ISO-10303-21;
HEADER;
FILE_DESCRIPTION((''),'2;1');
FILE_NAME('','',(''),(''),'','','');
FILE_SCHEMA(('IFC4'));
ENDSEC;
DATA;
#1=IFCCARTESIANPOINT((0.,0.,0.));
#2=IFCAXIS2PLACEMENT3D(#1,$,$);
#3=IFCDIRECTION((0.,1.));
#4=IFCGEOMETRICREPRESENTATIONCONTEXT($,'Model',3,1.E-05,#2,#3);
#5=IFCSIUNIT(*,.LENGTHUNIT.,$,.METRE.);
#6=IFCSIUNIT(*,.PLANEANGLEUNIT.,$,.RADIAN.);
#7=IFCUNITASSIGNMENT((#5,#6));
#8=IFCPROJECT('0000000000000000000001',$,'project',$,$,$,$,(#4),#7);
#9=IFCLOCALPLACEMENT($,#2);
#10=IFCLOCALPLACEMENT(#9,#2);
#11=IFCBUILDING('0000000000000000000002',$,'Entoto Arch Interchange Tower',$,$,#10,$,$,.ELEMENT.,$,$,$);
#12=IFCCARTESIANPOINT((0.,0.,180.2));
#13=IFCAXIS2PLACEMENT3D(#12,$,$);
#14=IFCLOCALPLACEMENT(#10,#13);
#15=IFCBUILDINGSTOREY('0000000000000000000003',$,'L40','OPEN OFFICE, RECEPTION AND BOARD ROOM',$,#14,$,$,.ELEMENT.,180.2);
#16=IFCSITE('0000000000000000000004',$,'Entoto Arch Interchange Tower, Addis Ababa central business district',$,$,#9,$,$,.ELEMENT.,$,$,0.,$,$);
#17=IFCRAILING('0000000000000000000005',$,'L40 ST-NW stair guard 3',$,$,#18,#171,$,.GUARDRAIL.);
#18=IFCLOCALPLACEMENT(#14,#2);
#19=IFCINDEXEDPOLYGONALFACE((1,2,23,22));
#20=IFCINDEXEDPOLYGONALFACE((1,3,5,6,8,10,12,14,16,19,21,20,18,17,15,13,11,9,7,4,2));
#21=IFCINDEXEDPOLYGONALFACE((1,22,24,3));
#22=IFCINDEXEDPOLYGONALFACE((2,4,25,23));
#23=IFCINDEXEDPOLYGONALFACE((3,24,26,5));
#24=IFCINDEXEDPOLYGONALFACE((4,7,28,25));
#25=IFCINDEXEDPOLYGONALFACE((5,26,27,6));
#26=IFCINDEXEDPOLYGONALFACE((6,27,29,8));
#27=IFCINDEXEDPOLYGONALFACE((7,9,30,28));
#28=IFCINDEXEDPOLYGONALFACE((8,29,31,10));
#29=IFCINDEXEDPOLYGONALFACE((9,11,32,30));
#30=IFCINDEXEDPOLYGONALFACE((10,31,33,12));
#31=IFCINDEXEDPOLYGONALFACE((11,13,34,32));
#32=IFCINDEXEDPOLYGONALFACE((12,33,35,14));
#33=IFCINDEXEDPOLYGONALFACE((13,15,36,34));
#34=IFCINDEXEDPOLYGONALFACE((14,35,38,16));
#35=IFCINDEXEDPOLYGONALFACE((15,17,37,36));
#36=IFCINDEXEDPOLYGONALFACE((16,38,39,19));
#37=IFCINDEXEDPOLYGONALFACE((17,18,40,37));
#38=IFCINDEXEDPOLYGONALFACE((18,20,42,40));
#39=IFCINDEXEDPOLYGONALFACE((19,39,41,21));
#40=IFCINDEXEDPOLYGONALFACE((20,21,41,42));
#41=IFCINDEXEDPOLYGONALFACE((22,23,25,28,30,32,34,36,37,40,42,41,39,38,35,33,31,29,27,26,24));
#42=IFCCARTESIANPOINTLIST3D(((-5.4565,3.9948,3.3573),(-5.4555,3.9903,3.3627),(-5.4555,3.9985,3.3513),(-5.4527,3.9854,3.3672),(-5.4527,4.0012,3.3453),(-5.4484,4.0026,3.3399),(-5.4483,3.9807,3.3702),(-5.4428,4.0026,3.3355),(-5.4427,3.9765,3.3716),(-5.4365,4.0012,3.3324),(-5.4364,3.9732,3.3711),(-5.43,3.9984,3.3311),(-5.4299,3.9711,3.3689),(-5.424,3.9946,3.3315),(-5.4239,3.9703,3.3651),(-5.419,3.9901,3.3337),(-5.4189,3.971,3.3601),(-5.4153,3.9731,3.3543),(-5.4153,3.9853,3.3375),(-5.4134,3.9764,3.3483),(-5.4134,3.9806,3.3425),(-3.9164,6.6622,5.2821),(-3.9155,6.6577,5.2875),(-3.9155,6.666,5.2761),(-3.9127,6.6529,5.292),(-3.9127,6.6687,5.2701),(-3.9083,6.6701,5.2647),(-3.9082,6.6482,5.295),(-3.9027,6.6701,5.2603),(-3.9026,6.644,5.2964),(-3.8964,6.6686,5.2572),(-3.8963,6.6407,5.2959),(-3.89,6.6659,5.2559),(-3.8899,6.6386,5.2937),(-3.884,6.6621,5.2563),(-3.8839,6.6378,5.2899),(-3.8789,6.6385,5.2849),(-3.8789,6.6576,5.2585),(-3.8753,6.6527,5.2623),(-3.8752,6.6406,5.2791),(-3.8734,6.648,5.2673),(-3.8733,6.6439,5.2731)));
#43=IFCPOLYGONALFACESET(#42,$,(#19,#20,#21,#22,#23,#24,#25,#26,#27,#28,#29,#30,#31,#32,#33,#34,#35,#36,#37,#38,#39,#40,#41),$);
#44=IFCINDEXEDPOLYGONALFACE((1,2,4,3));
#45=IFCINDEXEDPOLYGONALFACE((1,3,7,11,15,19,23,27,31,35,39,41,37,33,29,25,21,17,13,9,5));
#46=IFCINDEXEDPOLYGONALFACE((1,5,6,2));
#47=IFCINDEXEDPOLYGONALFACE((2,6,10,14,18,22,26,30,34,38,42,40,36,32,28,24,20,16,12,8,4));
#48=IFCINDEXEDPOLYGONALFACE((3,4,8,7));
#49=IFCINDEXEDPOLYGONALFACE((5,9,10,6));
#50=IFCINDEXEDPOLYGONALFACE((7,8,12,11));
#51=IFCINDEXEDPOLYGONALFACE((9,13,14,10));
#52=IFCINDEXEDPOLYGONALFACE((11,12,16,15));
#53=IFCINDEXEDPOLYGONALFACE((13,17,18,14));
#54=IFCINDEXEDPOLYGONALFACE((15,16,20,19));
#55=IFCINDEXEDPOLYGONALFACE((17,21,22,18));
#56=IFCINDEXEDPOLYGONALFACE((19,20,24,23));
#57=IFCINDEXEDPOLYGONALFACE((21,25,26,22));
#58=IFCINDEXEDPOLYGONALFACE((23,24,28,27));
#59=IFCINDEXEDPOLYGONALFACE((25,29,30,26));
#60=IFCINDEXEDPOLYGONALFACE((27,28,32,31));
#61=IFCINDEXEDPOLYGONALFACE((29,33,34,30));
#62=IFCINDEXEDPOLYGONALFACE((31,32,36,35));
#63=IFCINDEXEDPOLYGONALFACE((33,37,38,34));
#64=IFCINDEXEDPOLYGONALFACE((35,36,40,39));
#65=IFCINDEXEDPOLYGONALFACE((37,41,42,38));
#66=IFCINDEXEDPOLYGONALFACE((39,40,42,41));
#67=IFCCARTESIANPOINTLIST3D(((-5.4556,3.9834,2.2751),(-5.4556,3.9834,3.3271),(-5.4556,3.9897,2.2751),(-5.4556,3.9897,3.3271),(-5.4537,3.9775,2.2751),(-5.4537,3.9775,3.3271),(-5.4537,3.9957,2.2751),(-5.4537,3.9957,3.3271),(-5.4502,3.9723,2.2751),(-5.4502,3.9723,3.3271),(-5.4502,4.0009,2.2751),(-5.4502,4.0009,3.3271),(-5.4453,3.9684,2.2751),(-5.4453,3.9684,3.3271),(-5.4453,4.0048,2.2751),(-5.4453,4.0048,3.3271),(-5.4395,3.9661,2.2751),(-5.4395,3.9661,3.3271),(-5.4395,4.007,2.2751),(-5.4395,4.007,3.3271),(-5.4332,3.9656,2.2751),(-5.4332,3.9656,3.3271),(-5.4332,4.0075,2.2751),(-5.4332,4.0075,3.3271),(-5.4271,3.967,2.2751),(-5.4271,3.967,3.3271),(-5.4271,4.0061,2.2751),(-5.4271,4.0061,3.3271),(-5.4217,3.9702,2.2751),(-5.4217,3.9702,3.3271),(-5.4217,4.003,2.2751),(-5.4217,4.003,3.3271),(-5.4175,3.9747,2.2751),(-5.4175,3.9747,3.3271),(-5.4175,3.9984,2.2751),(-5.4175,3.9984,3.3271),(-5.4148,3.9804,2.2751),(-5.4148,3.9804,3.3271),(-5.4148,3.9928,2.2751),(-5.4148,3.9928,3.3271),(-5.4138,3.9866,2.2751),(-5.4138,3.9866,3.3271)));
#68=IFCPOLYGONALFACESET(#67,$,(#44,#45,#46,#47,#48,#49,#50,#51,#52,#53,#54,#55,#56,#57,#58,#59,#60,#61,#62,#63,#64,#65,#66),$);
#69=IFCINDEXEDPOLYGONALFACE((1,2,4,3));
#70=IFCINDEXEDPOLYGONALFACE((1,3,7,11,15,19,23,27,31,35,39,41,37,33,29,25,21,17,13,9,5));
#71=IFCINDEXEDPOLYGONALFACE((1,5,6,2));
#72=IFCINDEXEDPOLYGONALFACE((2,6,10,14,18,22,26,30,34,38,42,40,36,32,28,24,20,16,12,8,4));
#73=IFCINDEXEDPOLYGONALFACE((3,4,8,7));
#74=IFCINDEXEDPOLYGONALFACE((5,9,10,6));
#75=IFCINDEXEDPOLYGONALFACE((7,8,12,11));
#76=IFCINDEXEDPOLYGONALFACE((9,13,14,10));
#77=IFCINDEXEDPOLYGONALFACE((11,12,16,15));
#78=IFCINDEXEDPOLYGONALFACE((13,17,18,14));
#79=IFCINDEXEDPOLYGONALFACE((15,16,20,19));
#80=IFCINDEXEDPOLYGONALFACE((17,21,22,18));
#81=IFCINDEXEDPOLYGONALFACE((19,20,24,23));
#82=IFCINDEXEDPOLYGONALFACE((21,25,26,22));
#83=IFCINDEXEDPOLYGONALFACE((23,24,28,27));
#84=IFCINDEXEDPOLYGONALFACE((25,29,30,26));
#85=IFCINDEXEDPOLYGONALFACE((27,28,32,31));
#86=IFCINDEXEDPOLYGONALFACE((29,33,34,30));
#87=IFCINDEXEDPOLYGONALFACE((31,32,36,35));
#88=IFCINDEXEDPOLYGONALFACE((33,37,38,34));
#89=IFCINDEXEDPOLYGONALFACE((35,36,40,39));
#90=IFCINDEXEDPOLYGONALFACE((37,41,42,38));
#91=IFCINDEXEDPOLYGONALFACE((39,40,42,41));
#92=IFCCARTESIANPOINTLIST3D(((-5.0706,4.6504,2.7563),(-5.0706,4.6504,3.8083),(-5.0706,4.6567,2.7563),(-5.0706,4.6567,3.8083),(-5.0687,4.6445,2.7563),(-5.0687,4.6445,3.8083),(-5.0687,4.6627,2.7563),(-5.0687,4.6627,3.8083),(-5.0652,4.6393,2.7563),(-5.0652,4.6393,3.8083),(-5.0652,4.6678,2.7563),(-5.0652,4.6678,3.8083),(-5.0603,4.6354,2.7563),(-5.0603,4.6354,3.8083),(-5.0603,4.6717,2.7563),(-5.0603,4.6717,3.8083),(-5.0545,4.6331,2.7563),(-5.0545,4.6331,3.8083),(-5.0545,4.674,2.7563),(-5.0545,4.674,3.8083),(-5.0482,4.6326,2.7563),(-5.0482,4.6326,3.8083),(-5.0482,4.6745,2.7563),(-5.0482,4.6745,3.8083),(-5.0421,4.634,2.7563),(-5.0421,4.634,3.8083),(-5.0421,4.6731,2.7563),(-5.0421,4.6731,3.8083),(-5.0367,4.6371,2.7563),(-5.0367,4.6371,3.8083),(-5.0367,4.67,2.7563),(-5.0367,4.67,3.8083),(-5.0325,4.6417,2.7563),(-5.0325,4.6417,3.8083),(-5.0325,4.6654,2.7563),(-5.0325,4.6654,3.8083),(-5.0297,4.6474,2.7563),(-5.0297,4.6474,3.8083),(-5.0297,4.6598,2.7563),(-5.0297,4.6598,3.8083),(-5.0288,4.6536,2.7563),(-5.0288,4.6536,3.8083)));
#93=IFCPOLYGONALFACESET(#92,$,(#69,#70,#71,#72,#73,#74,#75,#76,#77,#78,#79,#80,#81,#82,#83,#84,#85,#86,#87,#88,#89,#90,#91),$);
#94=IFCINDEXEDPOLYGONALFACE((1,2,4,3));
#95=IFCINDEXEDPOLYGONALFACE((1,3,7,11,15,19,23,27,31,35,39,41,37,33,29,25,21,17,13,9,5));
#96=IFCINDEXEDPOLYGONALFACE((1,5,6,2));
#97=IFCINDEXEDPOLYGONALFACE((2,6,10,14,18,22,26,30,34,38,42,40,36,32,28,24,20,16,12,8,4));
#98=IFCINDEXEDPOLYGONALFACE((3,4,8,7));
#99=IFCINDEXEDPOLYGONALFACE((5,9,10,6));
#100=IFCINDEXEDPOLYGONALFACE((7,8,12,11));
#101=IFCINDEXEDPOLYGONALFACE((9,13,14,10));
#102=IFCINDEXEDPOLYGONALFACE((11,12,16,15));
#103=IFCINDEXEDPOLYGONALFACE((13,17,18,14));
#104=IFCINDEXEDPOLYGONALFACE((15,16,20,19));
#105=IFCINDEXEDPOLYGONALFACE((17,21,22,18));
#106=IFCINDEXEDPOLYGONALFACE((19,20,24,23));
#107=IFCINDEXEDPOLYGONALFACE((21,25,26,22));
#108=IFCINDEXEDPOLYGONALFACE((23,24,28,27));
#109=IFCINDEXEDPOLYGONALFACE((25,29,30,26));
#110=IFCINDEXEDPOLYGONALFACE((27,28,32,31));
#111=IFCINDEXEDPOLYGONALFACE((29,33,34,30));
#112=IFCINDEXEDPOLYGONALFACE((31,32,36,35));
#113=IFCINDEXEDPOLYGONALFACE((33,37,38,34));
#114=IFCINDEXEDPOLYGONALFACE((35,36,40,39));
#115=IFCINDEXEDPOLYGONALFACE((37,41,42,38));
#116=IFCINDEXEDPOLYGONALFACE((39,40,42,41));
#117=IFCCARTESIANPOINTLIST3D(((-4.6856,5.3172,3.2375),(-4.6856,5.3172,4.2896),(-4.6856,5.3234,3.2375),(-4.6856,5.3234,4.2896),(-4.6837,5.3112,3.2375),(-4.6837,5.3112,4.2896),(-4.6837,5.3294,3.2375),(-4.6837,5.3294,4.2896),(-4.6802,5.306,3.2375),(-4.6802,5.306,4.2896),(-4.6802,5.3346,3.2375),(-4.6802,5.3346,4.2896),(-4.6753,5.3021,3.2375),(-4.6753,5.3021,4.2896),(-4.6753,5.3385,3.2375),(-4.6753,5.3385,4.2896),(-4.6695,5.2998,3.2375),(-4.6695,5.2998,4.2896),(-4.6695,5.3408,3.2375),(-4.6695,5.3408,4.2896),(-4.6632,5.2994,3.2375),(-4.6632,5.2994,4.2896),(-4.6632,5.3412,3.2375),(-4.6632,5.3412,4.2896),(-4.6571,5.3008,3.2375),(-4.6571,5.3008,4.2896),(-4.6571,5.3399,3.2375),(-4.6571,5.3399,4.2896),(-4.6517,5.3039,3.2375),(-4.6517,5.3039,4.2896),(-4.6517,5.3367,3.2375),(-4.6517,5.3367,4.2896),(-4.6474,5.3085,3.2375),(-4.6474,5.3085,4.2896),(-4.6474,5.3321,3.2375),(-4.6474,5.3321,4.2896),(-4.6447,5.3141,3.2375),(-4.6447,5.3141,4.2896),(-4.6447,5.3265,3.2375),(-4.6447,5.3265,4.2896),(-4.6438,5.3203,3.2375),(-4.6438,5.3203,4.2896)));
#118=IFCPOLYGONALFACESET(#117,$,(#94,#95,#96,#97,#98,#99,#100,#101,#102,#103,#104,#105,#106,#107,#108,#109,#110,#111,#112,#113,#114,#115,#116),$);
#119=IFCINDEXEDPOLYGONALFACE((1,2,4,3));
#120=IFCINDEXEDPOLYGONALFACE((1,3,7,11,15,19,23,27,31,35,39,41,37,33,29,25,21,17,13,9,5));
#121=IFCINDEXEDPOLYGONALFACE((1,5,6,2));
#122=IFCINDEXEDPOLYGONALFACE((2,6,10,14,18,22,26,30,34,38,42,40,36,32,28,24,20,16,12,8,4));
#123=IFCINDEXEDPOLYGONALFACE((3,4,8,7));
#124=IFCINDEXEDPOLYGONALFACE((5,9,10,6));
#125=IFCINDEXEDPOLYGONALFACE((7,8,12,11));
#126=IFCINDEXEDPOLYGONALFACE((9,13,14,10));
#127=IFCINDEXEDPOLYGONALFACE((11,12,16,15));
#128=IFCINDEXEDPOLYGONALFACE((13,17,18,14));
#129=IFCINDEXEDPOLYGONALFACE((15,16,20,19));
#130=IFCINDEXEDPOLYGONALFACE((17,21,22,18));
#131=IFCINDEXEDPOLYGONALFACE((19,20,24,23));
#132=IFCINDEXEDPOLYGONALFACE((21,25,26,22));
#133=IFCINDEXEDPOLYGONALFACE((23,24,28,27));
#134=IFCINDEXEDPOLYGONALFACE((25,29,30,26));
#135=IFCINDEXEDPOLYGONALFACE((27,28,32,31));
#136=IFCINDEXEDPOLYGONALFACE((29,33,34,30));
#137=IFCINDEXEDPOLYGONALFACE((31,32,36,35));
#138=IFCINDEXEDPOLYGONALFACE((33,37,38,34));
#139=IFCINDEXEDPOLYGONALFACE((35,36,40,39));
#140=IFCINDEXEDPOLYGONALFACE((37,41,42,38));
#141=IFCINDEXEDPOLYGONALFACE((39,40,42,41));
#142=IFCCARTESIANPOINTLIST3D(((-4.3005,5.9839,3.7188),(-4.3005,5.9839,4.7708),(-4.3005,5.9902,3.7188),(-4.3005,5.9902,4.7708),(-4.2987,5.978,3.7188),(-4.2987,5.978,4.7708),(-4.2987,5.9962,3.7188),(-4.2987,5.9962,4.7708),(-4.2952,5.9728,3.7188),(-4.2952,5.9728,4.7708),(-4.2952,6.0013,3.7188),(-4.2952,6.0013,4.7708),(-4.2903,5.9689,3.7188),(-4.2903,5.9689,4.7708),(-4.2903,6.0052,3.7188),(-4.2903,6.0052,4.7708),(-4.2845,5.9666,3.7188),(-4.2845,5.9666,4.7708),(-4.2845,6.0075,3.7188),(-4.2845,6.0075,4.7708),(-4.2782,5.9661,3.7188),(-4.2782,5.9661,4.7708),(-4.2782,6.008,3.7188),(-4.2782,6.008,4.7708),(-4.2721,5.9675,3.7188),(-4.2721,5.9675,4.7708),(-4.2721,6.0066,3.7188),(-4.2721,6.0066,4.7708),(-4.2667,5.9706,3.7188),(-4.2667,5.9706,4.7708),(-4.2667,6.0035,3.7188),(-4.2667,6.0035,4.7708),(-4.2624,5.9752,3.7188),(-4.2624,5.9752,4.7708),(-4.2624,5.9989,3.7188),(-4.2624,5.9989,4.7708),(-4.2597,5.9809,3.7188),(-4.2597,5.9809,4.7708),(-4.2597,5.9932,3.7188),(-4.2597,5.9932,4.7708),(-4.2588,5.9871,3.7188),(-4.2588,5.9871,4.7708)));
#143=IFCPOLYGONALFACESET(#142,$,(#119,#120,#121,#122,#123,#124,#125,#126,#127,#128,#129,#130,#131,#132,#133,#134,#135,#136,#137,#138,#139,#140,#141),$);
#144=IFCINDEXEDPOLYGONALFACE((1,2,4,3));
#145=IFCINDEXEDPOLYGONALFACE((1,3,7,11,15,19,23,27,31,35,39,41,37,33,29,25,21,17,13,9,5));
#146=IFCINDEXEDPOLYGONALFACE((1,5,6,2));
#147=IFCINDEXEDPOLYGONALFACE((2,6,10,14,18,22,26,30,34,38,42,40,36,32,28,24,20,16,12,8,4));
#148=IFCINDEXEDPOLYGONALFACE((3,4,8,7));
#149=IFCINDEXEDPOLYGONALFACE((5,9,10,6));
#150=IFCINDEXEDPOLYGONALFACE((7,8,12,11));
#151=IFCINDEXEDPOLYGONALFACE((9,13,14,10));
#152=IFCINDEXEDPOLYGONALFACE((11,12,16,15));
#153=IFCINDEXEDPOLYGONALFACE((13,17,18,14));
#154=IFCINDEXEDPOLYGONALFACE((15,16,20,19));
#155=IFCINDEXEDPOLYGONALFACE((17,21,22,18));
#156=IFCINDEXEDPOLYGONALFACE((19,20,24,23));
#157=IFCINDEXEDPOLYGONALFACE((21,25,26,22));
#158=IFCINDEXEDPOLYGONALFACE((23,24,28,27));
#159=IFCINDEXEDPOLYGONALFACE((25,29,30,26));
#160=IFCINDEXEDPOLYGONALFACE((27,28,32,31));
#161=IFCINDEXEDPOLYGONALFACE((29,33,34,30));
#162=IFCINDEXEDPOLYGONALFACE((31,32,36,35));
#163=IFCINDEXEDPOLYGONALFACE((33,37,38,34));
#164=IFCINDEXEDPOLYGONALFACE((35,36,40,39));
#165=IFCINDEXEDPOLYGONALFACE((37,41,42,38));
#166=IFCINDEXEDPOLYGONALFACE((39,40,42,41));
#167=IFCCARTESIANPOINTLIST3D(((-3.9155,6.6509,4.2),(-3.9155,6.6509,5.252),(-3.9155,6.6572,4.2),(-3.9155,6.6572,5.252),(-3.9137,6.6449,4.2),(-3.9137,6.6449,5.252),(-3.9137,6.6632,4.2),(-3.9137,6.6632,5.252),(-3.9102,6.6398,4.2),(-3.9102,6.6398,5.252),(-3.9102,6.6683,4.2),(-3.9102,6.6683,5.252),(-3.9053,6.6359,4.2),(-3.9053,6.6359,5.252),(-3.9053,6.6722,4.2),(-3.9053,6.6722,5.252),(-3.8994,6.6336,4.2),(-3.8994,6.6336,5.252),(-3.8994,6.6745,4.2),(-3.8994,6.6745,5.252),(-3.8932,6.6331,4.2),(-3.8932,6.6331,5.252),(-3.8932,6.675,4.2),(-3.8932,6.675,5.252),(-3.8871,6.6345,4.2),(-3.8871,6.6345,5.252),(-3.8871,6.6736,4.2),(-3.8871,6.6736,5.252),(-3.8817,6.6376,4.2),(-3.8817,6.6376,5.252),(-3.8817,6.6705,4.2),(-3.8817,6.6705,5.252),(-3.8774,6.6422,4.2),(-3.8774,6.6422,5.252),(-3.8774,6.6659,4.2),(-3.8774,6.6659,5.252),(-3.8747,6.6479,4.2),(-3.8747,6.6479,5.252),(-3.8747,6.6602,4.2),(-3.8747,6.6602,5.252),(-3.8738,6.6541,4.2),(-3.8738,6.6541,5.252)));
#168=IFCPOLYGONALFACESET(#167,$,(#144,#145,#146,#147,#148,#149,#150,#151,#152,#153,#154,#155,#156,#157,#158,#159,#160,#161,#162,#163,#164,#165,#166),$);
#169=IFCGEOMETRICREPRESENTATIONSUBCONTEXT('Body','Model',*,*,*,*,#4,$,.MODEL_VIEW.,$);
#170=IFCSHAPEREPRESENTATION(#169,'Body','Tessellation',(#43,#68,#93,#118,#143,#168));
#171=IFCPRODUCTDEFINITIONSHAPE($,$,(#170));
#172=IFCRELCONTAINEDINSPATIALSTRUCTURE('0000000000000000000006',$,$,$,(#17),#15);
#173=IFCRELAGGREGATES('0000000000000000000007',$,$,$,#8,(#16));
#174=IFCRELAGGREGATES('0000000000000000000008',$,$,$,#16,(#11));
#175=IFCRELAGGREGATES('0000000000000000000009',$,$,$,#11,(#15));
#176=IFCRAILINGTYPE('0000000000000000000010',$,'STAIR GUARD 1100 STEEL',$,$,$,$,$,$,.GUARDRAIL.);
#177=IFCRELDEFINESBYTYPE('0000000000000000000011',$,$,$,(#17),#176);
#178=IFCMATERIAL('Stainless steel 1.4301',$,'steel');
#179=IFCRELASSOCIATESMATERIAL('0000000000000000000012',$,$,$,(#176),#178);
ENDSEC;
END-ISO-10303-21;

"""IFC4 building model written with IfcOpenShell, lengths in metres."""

from ifc_helpers import new_model, si_unit, direction, frame, origin, origin_2d, place, context, subcontext, project, spatial, circle, extrude, material, type_object, element, save


model = new_model("IFC4")

# Units and contexts
model_context = context("Model", 3, precision=1e-05, world=origin(), true_north=direction((0.0, 1.0)))
body_context = subcontext(model_context, "Body", "Model", "MODEL_VIEW")
ifc_project = project(units=[si_unit("LENGTHUNIT", "METRE"), si_unit("PLANEANGLEUNIT", "RADIAN")], contexts=[model_context])

# Site, building, storey
site_placement = place(None, origin())
site = spatial("IfcSite", under=ifc_project, at=site_placement, Name="Entoto Arch Interchange Tower, Addis Ababa central business district", CompositionType="ELEMENT", RefElevation=0.0)
building_placement = place(site_placement, origin())
building = spatial("IfcBuilding", under=site, at=building_placement, Name="Entoto Arch Interchange Tower", CompositionType="ELEMENT")
storey_placement = place(building_placement, frame((0.0, 0.0, 180.2)))
storey = spatial("IfcBuildingStorey", under=building, at=storey_placement, Name="L40", Description="OPEN OFFICE, RECEPTION AND BOARD ROOM", CompositionType="ELEMENT", Elevation=180.2)

# Railing
ifc_material_1 = material(Name="Stainless steel 1.4301", Category="steel")
railing_type_1 = type_object("IfcRailingType", Name="STAIR GUARD 1100 STEEL", PredefinedType="GUARDRAIL", material=ifc_material_1)
railing_1_placement = place(storey_placement, frame((-5.4348, 3.9866, 2.2751)))
element("IfcRailing", 1, at=railing_1_placement, inside=storey, type_object=railing_type_1, Name="L40 ST-NW stair guard 3", PredefinedType="GUARDRAIL", context=body_context, shape_type="SweptSolid", body=[
    extrude(circle(Radius=0.0239, at=origin_2d()), frame((0.0, 0.0, 1.0762), z_axis=(0.42401, 0.734421, 0.529945), x_axis=(-0.86603, 0.499992, 0.0)), (0.0, 0.0, 1.0), 3.6321),
    extrude(circle(Radius=0.021, at=origin_2d()), origin(), (0.0, 0.0, 1.0), 1.052),
    extrude(circle(Radius=0.021, at=origin_2d()), frame((0.385, 0.667, 0.4812)), (0.0, 0.0, 1.0), 1.052),
    extrude(circle(Radius=0.021, at=origin_2d()), frame((0.77, 1.3337, 0.9624)), (0.0, 0.0, 1.0), 1.052),
    extrude(circle(Radius=0.021, at=origin_2d()), frame((1.155, 2.0005, 1.4436)), (0.0, 0.0, 1.0), 1.052),
    extrude(circle(Radius=0.021, at=origin_2d()), frame((1.54, 2.6675, 1.9248)), (0.0, 0.0, 1.0), 1.052),
])

save(model, "model.ifc")
